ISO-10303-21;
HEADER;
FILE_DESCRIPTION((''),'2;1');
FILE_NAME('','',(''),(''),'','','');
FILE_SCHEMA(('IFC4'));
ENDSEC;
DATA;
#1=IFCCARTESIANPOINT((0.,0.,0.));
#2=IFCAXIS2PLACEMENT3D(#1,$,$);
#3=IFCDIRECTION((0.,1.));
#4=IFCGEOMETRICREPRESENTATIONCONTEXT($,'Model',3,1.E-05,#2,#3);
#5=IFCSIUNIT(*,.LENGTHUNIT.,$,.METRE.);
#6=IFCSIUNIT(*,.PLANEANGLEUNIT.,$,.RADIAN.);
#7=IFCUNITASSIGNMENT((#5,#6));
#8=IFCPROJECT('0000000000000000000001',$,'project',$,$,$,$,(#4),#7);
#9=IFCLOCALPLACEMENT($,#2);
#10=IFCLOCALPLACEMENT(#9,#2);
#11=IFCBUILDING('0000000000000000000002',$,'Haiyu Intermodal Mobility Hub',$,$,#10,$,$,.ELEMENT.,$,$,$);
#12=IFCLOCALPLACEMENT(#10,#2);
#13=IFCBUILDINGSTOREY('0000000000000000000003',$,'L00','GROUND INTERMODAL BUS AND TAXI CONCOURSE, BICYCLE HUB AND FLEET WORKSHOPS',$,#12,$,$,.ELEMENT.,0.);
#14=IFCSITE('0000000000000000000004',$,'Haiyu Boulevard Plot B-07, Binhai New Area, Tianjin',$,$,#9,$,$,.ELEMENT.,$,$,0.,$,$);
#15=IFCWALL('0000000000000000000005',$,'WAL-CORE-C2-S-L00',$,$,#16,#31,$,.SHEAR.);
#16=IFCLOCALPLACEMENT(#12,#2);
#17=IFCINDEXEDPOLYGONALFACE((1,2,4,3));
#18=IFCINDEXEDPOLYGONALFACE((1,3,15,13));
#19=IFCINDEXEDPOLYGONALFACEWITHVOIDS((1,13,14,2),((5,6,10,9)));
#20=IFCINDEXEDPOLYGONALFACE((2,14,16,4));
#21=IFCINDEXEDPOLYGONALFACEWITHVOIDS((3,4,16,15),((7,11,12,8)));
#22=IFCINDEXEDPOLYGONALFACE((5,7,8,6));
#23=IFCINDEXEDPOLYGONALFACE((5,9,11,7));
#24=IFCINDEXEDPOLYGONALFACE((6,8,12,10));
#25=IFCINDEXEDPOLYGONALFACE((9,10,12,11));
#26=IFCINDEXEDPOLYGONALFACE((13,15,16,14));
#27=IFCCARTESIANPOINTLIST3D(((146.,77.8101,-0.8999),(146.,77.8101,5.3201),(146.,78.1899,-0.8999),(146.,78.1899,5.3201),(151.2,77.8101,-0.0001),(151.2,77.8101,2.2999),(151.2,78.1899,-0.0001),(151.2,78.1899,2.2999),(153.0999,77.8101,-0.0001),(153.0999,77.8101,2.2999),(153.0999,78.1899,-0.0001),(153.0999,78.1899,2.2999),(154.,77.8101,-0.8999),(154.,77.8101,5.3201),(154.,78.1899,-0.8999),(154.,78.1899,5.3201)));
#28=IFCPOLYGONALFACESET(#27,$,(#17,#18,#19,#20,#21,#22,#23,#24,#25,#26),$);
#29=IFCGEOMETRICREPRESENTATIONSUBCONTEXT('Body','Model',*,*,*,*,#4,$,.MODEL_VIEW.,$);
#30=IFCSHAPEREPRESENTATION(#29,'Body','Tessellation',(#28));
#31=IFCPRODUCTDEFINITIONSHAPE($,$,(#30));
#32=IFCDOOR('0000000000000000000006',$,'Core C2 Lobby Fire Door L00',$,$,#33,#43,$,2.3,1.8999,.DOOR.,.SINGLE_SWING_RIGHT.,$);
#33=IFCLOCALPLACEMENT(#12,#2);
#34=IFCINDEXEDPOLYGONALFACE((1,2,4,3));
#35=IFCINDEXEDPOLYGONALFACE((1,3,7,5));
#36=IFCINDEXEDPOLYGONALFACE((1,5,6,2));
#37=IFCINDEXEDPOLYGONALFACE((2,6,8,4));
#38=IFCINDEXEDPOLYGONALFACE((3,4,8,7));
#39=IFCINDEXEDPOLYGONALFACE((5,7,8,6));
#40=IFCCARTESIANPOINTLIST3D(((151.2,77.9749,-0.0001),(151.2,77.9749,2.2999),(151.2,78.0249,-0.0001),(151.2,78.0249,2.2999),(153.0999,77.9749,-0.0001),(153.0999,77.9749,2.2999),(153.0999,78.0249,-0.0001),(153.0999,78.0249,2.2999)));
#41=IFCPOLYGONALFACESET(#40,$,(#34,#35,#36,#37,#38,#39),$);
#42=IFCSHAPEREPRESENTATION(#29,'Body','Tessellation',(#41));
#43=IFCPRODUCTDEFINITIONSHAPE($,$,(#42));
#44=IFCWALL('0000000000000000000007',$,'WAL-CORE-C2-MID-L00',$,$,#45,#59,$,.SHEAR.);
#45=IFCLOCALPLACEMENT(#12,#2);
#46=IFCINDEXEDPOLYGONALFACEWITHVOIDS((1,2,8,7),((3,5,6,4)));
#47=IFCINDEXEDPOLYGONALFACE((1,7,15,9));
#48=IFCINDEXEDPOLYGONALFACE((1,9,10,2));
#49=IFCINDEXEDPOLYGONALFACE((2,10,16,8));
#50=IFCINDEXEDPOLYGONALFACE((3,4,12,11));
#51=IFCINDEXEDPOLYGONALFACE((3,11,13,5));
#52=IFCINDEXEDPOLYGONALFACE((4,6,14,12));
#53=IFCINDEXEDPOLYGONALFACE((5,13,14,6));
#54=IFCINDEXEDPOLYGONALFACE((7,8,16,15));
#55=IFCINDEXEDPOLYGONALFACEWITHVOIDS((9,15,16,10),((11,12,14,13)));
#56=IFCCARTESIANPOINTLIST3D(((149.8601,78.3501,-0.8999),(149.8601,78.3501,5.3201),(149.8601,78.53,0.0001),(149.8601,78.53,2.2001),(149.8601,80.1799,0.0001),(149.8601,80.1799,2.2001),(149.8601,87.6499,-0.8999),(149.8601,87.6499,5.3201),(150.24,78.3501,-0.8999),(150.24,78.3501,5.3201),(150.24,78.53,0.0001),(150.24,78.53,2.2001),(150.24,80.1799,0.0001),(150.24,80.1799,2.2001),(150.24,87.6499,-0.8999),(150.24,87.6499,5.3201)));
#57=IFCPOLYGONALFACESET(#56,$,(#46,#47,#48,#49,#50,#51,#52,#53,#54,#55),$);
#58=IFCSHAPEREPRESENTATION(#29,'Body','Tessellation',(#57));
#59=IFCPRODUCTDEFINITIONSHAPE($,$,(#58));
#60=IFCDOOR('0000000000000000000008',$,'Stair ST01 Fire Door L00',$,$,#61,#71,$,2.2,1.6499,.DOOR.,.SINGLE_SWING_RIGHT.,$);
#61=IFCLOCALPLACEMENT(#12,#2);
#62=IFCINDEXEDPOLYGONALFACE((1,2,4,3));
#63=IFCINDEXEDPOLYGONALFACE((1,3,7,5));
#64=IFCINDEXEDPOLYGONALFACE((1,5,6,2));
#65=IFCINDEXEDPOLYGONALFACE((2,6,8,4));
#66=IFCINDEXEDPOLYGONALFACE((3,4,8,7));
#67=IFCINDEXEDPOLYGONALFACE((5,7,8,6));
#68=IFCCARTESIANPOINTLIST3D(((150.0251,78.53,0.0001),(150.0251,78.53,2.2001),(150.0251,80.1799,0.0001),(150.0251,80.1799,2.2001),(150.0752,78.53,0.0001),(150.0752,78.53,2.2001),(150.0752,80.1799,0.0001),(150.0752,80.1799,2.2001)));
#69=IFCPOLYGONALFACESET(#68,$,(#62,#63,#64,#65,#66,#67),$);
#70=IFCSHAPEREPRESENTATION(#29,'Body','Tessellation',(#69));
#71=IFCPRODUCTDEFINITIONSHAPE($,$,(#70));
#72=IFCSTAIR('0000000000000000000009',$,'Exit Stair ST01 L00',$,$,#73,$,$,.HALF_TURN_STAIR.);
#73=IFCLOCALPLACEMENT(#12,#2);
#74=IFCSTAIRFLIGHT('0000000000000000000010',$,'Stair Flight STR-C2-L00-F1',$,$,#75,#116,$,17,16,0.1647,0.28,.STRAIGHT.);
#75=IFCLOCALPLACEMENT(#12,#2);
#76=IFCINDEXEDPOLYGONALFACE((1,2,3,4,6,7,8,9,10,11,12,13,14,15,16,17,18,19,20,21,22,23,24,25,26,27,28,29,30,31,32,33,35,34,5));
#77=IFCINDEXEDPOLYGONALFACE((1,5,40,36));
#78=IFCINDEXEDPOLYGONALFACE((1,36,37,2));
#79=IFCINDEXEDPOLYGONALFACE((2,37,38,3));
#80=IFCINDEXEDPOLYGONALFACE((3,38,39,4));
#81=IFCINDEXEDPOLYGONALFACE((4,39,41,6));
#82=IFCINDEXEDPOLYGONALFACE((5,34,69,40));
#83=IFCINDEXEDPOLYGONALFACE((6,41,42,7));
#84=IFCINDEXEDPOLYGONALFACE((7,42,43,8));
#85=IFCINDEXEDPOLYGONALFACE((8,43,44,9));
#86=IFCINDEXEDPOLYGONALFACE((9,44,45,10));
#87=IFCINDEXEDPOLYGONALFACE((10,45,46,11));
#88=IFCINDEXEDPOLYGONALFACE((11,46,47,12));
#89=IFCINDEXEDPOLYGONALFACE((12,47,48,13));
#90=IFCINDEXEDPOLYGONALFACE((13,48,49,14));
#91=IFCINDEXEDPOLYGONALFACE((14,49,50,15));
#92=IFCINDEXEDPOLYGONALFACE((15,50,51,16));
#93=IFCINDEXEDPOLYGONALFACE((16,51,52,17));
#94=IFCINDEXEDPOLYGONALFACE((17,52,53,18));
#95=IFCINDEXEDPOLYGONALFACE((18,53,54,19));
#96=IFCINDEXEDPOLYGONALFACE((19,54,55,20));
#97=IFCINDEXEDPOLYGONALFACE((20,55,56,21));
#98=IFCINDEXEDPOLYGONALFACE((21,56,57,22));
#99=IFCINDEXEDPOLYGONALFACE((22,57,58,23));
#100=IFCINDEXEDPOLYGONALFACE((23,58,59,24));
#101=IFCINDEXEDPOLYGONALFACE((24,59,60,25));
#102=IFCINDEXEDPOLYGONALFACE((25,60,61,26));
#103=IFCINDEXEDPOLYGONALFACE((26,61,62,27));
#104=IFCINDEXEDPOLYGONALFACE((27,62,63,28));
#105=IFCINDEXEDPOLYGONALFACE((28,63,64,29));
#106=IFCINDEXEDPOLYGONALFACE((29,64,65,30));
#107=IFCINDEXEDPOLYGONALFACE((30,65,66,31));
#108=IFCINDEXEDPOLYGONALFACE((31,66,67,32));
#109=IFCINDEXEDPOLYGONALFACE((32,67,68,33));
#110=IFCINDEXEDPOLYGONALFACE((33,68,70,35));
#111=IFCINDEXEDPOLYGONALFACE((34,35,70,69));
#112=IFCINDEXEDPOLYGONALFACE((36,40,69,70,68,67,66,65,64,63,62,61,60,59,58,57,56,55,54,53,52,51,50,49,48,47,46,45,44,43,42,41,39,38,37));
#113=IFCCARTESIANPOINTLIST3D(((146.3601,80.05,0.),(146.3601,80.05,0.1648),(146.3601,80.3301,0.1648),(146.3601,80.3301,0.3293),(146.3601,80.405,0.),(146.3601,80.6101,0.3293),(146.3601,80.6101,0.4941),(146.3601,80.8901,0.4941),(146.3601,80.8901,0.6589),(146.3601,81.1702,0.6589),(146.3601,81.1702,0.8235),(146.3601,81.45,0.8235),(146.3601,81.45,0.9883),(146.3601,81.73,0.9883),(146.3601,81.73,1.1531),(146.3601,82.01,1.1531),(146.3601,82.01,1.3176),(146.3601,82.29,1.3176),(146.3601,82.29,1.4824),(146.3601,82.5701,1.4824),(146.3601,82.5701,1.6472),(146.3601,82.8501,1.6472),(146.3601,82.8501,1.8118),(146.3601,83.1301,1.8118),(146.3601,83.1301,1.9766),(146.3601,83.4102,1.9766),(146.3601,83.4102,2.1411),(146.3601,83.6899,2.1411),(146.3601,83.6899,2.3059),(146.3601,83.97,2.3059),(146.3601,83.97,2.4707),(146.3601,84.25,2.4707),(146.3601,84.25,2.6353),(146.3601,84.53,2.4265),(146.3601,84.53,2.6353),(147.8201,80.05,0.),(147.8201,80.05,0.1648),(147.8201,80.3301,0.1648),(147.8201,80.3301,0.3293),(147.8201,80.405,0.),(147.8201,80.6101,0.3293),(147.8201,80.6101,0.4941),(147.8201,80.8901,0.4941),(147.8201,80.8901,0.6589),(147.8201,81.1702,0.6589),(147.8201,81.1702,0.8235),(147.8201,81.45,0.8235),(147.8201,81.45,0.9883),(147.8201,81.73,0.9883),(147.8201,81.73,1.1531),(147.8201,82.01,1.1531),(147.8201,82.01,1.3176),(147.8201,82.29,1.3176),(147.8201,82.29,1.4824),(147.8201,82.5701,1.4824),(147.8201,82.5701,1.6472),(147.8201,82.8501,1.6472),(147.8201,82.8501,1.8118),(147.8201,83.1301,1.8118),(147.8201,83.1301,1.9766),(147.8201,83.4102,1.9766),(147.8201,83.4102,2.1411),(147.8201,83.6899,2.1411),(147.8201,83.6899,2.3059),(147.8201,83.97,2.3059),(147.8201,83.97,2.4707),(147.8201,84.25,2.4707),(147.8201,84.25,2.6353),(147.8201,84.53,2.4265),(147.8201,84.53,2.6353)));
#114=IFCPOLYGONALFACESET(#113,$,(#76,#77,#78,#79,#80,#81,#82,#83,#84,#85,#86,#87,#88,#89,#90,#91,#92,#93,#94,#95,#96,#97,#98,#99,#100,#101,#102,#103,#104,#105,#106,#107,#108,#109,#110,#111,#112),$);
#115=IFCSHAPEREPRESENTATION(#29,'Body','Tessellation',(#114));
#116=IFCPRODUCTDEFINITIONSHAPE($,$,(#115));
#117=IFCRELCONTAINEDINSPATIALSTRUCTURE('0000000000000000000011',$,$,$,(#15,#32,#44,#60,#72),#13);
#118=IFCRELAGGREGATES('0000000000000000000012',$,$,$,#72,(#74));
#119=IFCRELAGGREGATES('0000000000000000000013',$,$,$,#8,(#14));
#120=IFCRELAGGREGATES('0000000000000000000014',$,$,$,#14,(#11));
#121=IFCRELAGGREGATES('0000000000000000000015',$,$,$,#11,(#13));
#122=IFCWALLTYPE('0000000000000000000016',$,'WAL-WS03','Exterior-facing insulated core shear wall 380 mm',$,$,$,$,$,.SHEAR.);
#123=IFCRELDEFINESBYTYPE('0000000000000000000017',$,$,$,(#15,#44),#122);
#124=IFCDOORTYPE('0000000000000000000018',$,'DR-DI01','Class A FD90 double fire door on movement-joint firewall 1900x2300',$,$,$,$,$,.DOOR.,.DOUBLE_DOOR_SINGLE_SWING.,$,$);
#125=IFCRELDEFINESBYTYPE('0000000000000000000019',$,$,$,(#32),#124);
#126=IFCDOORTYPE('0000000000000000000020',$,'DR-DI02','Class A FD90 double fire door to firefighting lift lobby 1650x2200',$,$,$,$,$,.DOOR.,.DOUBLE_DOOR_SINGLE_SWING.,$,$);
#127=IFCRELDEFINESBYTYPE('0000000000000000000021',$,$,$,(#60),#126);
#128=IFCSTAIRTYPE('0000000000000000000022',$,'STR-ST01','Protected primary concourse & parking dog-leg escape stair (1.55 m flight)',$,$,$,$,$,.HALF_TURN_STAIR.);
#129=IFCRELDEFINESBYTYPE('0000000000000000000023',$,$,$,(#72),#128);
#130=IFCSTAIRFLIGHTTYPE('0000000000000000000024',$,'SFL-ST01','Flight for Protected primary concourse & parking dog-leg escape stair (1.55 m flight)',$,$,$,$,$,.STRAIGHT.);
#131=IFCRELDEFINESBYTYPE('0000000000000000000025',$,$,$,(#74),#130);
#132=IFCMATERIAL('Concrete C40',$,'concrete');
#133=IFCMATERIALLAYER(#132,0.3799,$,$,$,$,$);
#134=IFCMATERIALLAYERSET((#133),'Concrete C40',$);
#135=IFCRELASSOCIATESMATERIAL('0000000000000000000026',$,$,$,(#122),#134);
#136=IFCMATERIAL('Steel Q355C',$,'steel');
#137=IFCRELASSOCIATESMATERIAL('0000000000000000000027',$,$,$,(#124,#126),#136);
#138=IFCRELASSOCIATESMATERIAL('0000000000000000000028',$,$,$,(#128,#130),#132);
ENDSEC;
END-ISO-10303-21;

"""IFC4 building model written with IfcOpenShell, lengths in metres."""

from ifc_helpers import new_model, si_unit, direction, frame, frame_2d, origin, place, context, subcontext, project, spatial, polyline, rectangle, outline, extrude, material, layer, layer_set, type_object, element, fill, aggregate, save


model = new_model("IFC4")

# Units and contexts
model_context = context("Model", 3, precision=1e-05, world=origin(), true_north=direction((0.0, 1.0)))
body_context = subcontext(model_context, "Body", "Model", "MODEL_VIEW")
ifc_project = project(units=[si_unit("LENGTHUNIT", "METRE"), si_unit("PLANEANGLEUNIT", "RADIAN")], contexts=[model_context])

# Site, building, storey
site_placement = place(None, origin())
site = spatial("IfcSite", under=ifc_project, at=site_placement, Name="Haiyu Boulevard Plot B-07, Binhai New Area, Tianjin", CompositionType="ELEMENT", RefElevation=0.0)
building_placement = place(site_placement, origin())
building = spatial("IfcBuilding", under=site, at=building_placement, Name="Haiyu Intermodal Mobility Hub", CompositionType="ELEMENT")
storey_placement = place(building_placement, origin())
storey = spatial("IfcBuildingStorey", under=building, at=storey_placement, Name="L00", Description="GROUND INTERMODAL BUS AND TAXI CONCOURSE, BICYCLE HUB AND FLEET WORKSHOPS", CompositionType="ELEMENT", Elevation=0.0)

# Shared definitions
ifc_material_1 = material(Name="Concrete C40", Category="concrete")

# Shared definitions
ifc_material_2 = material(Name="Steel Q355C", Category="steel")

# Walls, openings, doors
ifc_layer_1 = layer(ifc_material_1, 0.3799)
ifc_layer_set_1 = layer_set([ifc_layer_1], Name="Concrete C40")
wall_type_1 = type_object("IfcWallType", Name="WAL-WS03", Description="Exterior-facing insulated core shear wall 380 mm", PredefinedType="SHEAR", material=ifc_layer_set_1)
wall_1_placement = place(storey_placement, frame((146.0, 78.0, -0.8999), z_axis=(0.0, 0.0, 1.0), x_axis=(1.0, 0.0, 0.0)))
wall_1 = element("IfcWall", 1, at=wall_1_placement, inside=storey, type_object=wall_type_1, Name="WAL-CORE-C2-S-L00", PredefinedType="SHEAR", context=body_context, shape_type="SweptSolid", body=[
    extrude(rectangle(XDim=8.0, YDim=0.3799, at=frame_2d((4.0, 0.0))), origin(), (0.0, 0.0, 1.0), 6.22),
])
opening_1_placement = place(wall_1_placement, frame((5.2, 0.0, 0.8999)))
opening_1 = element("IfcOpeningElement", 2, at=opening_1_placement, cuts=wall_1, PredefinedType="OPENING", context=body_context, shape_type="SweptSolid", body=[
    extrude(rectangle(XDim=1.8999, YDim=2.3, at=frame_2d((0.95, 1.1499))), frame((0.0, 0.2, 0.0), z_axis=(0.0, -1.0, 0.0), x_axis=(1.0, 0.0, 0.0)), (0.0, 0.0, 1.0), 0.3999),
])
door_type_1 = type_object("IfcDoorType", Name="DR-DI01", Description="Class A FD90 double fire door on movement-joint firewall 1900x2300", OperationType="DOUBLE_DOOR_SINGLE_SWING", PredefinedType="DOOR", material=ifc_material_2)
door_1_placement = place(opening_1_placement, origin())
door_1 = element("IfcDoor", 3, at=door_1_placement, inside=storey, type_object=door_type_1, Name="Core C2 Lobby Fire Door L00", OperationType="SINGLE_SWING_RIGHT", OverallHeight=2.3, OverallWidth=1.8999, PredefinedType="DOOR", context=body_context, shape_type="SweptSolid", body=[
    extrude(rectangle(XDim=1.8999, YDim=2.3, at=frame_2d((0.95, 1.1499))), frame((0.0, 0.0249, 0.0), z_axis=(0.0, -1.0, 0.0), x_axis=(1.0, 0.0, 0.0)), (0.0, 0.0, 1.0), 0.05),
])
fill(opening_1, door_1)
wall_2_placement = place(storey_placement, frame((150.05, 78.3501, -0.8999), z_axis=(0.0, 0.0, 1.0), x_axis=(0.0, 1.0, 0.0)))
wall_2 = element("IfcWall", 4, at=wall_2_placement, inside=storey, type_object=wall_type_1, Name="WAL-CORE-C2-MID-L00", PredefinedType="SHEAR", context=body_context, shape_type="SweptSolid", body=[
    extrude(rectangle(XDim=9.2998, YDim=0.3799, at=frame_2d((4.6499, 0.0))), origin(), (0.0, 0.0, 1.0), 6.22),
])
opening_2_placement = place(wall_2_placement, frame((0.1799, 0.0, 0.8999)))
opening_2 = element("IfcOpeningElement", 5, at=opening_2_placement, cuts=wall_2, PredefinedType="OPENING", context=body_context, shape_type="SweptSolid", body=[
    extrude(rectangle(XDim=1.6499, YDim=2.2, at=frame_2d((0.825, 1.1001))), frame((0.0, 0.2, 0.0), z_axis=(0.0, -1.0, 0.0), x_axis=(1.0, 0.0, 0.0)), (0.0, 0.0, 1.0), 0.3999),
])
door_type_2 = type_object("IfcDoorType", Name="DR-DI02", Description="Class A FD90 double fire door to firefighting lift lobby 1650x2200", OperationType="DOUBLE_DOOR_SINGLE_SWING", PredefinedType="DOOR", material=ifc_material_2)
door_2_placement = place(opening_2_placement, origin())
door_2 = element("IfcDoor", 6, at=door_2_placement, inside=storey, type_object=door_type_2, Name="Stair ST01 Fire Door L00", OperationType="SINGLE_SWING_RIGHT", OverallHeight=2.2, OverallWidth=1.6499, PredefinedType="DOOR", context=body_context, shape_type="SweptSolid", body=[
    extrude(rectangle(XDim=1.6499, YDim=2.2, at=frame_2d((0.825, 1.1001))), frame((0.0, 0.0249, 0.0), z_axis=(0.0, -1.0, 0.0), x_axis=(1.0, 0.0, 0.0)), (0.0, 0.0, 1.0), 0.05),
])
fill(opening_2, door_2)

# Stair, stair flight
stair_type = type_object("IfcStairType", Name="STR-ST01", Description="Protected primary concourse & parking dog-leg escape stair (1.55 m flight)", PredefinedType="HALF_TURN_STAIR", material=ifc_material_1)
stair_placement = place(storey_placement, origin())
stair = element("IfcStair", 7, at=stair_placement, inside=storey, type_object=stair_type, Name="Exit Stair ST01 L00", PredefinedType="HALF_TURN_STAIR")
stair_flight_type = type_object("IfcStairFlightType", Name="SFL-ST01", Description="Flight for Protected primary concourse & parking dog-leg escape stair (1.55 m flight)", PredefinedType="STRAIGHT", material=ifc_material_1)
stair_flight_placement = place(storey_placement, frame((147.0901, 80.05, 0.0), z_axis=(0.0, 0.0, 1.0), x_axis=(0.0, 1.0, 0.0)))
stair_flight = element("IfcStairFlight", 8, at=stair_flight_placement, type_object=stair_flight_type, Name="Stair Flight STR-C2-L00-F1", NumberOfRisers=17, NumberOfTreads=16, PredefinedType="STRAIGHT", RiserHeight=0.1647, TreadLength=0.28, context=body_context, shape_type="SweptSolid", body=[
    extrude(outline(polyline([(0.0, 0.0), (0.0, 0.1648), (0.28, 0.1648), (0.28, 0.3293), (0.5601, 0.3293), (0.5601, 0.4941), (0.8401, 0.4941), (0.8401, 0.6589), (1.1201, 0.6589), (1.1201, 0.8235), (1.3999, 0.8235), (1.3999, 0.9883), (1.6799, 0.9883), (1.6799, 1.1531), (1.96, 1.1531), (1.96, 1.3176), (2.24, 1.3176), (2.24, 1.4824), (2.52, 1.4824), (2.52, 1.6472), (2.8, 1.6472), (2.8, 1.8118), (3.0801, 1.8118), (3.0801, 1.9766), (3.3601, 1.9766), (3.3601, 2.1411), (3.6399, 2.1411), (3.6399, 2.3059), (3.9199, 2.3059), (3.9199, 2.4707), (4.2, 2.4707), (4.2, 2.6353), (4.48, 2.6353), (4.48, 2.8), (4.48, 2.4265), (0.355, 0.0), (0.0, 0.0)])), frame((0.0, 0.73, 0.0), z_axis=(0.0, -1.0, 0.0), x_axis=(1.0, 0.0, 0.0)), (0.0, 0.0, 1.0), 1.46),
])
aggregate(stair, [stair_flight])

save(model, "model.ifc")
